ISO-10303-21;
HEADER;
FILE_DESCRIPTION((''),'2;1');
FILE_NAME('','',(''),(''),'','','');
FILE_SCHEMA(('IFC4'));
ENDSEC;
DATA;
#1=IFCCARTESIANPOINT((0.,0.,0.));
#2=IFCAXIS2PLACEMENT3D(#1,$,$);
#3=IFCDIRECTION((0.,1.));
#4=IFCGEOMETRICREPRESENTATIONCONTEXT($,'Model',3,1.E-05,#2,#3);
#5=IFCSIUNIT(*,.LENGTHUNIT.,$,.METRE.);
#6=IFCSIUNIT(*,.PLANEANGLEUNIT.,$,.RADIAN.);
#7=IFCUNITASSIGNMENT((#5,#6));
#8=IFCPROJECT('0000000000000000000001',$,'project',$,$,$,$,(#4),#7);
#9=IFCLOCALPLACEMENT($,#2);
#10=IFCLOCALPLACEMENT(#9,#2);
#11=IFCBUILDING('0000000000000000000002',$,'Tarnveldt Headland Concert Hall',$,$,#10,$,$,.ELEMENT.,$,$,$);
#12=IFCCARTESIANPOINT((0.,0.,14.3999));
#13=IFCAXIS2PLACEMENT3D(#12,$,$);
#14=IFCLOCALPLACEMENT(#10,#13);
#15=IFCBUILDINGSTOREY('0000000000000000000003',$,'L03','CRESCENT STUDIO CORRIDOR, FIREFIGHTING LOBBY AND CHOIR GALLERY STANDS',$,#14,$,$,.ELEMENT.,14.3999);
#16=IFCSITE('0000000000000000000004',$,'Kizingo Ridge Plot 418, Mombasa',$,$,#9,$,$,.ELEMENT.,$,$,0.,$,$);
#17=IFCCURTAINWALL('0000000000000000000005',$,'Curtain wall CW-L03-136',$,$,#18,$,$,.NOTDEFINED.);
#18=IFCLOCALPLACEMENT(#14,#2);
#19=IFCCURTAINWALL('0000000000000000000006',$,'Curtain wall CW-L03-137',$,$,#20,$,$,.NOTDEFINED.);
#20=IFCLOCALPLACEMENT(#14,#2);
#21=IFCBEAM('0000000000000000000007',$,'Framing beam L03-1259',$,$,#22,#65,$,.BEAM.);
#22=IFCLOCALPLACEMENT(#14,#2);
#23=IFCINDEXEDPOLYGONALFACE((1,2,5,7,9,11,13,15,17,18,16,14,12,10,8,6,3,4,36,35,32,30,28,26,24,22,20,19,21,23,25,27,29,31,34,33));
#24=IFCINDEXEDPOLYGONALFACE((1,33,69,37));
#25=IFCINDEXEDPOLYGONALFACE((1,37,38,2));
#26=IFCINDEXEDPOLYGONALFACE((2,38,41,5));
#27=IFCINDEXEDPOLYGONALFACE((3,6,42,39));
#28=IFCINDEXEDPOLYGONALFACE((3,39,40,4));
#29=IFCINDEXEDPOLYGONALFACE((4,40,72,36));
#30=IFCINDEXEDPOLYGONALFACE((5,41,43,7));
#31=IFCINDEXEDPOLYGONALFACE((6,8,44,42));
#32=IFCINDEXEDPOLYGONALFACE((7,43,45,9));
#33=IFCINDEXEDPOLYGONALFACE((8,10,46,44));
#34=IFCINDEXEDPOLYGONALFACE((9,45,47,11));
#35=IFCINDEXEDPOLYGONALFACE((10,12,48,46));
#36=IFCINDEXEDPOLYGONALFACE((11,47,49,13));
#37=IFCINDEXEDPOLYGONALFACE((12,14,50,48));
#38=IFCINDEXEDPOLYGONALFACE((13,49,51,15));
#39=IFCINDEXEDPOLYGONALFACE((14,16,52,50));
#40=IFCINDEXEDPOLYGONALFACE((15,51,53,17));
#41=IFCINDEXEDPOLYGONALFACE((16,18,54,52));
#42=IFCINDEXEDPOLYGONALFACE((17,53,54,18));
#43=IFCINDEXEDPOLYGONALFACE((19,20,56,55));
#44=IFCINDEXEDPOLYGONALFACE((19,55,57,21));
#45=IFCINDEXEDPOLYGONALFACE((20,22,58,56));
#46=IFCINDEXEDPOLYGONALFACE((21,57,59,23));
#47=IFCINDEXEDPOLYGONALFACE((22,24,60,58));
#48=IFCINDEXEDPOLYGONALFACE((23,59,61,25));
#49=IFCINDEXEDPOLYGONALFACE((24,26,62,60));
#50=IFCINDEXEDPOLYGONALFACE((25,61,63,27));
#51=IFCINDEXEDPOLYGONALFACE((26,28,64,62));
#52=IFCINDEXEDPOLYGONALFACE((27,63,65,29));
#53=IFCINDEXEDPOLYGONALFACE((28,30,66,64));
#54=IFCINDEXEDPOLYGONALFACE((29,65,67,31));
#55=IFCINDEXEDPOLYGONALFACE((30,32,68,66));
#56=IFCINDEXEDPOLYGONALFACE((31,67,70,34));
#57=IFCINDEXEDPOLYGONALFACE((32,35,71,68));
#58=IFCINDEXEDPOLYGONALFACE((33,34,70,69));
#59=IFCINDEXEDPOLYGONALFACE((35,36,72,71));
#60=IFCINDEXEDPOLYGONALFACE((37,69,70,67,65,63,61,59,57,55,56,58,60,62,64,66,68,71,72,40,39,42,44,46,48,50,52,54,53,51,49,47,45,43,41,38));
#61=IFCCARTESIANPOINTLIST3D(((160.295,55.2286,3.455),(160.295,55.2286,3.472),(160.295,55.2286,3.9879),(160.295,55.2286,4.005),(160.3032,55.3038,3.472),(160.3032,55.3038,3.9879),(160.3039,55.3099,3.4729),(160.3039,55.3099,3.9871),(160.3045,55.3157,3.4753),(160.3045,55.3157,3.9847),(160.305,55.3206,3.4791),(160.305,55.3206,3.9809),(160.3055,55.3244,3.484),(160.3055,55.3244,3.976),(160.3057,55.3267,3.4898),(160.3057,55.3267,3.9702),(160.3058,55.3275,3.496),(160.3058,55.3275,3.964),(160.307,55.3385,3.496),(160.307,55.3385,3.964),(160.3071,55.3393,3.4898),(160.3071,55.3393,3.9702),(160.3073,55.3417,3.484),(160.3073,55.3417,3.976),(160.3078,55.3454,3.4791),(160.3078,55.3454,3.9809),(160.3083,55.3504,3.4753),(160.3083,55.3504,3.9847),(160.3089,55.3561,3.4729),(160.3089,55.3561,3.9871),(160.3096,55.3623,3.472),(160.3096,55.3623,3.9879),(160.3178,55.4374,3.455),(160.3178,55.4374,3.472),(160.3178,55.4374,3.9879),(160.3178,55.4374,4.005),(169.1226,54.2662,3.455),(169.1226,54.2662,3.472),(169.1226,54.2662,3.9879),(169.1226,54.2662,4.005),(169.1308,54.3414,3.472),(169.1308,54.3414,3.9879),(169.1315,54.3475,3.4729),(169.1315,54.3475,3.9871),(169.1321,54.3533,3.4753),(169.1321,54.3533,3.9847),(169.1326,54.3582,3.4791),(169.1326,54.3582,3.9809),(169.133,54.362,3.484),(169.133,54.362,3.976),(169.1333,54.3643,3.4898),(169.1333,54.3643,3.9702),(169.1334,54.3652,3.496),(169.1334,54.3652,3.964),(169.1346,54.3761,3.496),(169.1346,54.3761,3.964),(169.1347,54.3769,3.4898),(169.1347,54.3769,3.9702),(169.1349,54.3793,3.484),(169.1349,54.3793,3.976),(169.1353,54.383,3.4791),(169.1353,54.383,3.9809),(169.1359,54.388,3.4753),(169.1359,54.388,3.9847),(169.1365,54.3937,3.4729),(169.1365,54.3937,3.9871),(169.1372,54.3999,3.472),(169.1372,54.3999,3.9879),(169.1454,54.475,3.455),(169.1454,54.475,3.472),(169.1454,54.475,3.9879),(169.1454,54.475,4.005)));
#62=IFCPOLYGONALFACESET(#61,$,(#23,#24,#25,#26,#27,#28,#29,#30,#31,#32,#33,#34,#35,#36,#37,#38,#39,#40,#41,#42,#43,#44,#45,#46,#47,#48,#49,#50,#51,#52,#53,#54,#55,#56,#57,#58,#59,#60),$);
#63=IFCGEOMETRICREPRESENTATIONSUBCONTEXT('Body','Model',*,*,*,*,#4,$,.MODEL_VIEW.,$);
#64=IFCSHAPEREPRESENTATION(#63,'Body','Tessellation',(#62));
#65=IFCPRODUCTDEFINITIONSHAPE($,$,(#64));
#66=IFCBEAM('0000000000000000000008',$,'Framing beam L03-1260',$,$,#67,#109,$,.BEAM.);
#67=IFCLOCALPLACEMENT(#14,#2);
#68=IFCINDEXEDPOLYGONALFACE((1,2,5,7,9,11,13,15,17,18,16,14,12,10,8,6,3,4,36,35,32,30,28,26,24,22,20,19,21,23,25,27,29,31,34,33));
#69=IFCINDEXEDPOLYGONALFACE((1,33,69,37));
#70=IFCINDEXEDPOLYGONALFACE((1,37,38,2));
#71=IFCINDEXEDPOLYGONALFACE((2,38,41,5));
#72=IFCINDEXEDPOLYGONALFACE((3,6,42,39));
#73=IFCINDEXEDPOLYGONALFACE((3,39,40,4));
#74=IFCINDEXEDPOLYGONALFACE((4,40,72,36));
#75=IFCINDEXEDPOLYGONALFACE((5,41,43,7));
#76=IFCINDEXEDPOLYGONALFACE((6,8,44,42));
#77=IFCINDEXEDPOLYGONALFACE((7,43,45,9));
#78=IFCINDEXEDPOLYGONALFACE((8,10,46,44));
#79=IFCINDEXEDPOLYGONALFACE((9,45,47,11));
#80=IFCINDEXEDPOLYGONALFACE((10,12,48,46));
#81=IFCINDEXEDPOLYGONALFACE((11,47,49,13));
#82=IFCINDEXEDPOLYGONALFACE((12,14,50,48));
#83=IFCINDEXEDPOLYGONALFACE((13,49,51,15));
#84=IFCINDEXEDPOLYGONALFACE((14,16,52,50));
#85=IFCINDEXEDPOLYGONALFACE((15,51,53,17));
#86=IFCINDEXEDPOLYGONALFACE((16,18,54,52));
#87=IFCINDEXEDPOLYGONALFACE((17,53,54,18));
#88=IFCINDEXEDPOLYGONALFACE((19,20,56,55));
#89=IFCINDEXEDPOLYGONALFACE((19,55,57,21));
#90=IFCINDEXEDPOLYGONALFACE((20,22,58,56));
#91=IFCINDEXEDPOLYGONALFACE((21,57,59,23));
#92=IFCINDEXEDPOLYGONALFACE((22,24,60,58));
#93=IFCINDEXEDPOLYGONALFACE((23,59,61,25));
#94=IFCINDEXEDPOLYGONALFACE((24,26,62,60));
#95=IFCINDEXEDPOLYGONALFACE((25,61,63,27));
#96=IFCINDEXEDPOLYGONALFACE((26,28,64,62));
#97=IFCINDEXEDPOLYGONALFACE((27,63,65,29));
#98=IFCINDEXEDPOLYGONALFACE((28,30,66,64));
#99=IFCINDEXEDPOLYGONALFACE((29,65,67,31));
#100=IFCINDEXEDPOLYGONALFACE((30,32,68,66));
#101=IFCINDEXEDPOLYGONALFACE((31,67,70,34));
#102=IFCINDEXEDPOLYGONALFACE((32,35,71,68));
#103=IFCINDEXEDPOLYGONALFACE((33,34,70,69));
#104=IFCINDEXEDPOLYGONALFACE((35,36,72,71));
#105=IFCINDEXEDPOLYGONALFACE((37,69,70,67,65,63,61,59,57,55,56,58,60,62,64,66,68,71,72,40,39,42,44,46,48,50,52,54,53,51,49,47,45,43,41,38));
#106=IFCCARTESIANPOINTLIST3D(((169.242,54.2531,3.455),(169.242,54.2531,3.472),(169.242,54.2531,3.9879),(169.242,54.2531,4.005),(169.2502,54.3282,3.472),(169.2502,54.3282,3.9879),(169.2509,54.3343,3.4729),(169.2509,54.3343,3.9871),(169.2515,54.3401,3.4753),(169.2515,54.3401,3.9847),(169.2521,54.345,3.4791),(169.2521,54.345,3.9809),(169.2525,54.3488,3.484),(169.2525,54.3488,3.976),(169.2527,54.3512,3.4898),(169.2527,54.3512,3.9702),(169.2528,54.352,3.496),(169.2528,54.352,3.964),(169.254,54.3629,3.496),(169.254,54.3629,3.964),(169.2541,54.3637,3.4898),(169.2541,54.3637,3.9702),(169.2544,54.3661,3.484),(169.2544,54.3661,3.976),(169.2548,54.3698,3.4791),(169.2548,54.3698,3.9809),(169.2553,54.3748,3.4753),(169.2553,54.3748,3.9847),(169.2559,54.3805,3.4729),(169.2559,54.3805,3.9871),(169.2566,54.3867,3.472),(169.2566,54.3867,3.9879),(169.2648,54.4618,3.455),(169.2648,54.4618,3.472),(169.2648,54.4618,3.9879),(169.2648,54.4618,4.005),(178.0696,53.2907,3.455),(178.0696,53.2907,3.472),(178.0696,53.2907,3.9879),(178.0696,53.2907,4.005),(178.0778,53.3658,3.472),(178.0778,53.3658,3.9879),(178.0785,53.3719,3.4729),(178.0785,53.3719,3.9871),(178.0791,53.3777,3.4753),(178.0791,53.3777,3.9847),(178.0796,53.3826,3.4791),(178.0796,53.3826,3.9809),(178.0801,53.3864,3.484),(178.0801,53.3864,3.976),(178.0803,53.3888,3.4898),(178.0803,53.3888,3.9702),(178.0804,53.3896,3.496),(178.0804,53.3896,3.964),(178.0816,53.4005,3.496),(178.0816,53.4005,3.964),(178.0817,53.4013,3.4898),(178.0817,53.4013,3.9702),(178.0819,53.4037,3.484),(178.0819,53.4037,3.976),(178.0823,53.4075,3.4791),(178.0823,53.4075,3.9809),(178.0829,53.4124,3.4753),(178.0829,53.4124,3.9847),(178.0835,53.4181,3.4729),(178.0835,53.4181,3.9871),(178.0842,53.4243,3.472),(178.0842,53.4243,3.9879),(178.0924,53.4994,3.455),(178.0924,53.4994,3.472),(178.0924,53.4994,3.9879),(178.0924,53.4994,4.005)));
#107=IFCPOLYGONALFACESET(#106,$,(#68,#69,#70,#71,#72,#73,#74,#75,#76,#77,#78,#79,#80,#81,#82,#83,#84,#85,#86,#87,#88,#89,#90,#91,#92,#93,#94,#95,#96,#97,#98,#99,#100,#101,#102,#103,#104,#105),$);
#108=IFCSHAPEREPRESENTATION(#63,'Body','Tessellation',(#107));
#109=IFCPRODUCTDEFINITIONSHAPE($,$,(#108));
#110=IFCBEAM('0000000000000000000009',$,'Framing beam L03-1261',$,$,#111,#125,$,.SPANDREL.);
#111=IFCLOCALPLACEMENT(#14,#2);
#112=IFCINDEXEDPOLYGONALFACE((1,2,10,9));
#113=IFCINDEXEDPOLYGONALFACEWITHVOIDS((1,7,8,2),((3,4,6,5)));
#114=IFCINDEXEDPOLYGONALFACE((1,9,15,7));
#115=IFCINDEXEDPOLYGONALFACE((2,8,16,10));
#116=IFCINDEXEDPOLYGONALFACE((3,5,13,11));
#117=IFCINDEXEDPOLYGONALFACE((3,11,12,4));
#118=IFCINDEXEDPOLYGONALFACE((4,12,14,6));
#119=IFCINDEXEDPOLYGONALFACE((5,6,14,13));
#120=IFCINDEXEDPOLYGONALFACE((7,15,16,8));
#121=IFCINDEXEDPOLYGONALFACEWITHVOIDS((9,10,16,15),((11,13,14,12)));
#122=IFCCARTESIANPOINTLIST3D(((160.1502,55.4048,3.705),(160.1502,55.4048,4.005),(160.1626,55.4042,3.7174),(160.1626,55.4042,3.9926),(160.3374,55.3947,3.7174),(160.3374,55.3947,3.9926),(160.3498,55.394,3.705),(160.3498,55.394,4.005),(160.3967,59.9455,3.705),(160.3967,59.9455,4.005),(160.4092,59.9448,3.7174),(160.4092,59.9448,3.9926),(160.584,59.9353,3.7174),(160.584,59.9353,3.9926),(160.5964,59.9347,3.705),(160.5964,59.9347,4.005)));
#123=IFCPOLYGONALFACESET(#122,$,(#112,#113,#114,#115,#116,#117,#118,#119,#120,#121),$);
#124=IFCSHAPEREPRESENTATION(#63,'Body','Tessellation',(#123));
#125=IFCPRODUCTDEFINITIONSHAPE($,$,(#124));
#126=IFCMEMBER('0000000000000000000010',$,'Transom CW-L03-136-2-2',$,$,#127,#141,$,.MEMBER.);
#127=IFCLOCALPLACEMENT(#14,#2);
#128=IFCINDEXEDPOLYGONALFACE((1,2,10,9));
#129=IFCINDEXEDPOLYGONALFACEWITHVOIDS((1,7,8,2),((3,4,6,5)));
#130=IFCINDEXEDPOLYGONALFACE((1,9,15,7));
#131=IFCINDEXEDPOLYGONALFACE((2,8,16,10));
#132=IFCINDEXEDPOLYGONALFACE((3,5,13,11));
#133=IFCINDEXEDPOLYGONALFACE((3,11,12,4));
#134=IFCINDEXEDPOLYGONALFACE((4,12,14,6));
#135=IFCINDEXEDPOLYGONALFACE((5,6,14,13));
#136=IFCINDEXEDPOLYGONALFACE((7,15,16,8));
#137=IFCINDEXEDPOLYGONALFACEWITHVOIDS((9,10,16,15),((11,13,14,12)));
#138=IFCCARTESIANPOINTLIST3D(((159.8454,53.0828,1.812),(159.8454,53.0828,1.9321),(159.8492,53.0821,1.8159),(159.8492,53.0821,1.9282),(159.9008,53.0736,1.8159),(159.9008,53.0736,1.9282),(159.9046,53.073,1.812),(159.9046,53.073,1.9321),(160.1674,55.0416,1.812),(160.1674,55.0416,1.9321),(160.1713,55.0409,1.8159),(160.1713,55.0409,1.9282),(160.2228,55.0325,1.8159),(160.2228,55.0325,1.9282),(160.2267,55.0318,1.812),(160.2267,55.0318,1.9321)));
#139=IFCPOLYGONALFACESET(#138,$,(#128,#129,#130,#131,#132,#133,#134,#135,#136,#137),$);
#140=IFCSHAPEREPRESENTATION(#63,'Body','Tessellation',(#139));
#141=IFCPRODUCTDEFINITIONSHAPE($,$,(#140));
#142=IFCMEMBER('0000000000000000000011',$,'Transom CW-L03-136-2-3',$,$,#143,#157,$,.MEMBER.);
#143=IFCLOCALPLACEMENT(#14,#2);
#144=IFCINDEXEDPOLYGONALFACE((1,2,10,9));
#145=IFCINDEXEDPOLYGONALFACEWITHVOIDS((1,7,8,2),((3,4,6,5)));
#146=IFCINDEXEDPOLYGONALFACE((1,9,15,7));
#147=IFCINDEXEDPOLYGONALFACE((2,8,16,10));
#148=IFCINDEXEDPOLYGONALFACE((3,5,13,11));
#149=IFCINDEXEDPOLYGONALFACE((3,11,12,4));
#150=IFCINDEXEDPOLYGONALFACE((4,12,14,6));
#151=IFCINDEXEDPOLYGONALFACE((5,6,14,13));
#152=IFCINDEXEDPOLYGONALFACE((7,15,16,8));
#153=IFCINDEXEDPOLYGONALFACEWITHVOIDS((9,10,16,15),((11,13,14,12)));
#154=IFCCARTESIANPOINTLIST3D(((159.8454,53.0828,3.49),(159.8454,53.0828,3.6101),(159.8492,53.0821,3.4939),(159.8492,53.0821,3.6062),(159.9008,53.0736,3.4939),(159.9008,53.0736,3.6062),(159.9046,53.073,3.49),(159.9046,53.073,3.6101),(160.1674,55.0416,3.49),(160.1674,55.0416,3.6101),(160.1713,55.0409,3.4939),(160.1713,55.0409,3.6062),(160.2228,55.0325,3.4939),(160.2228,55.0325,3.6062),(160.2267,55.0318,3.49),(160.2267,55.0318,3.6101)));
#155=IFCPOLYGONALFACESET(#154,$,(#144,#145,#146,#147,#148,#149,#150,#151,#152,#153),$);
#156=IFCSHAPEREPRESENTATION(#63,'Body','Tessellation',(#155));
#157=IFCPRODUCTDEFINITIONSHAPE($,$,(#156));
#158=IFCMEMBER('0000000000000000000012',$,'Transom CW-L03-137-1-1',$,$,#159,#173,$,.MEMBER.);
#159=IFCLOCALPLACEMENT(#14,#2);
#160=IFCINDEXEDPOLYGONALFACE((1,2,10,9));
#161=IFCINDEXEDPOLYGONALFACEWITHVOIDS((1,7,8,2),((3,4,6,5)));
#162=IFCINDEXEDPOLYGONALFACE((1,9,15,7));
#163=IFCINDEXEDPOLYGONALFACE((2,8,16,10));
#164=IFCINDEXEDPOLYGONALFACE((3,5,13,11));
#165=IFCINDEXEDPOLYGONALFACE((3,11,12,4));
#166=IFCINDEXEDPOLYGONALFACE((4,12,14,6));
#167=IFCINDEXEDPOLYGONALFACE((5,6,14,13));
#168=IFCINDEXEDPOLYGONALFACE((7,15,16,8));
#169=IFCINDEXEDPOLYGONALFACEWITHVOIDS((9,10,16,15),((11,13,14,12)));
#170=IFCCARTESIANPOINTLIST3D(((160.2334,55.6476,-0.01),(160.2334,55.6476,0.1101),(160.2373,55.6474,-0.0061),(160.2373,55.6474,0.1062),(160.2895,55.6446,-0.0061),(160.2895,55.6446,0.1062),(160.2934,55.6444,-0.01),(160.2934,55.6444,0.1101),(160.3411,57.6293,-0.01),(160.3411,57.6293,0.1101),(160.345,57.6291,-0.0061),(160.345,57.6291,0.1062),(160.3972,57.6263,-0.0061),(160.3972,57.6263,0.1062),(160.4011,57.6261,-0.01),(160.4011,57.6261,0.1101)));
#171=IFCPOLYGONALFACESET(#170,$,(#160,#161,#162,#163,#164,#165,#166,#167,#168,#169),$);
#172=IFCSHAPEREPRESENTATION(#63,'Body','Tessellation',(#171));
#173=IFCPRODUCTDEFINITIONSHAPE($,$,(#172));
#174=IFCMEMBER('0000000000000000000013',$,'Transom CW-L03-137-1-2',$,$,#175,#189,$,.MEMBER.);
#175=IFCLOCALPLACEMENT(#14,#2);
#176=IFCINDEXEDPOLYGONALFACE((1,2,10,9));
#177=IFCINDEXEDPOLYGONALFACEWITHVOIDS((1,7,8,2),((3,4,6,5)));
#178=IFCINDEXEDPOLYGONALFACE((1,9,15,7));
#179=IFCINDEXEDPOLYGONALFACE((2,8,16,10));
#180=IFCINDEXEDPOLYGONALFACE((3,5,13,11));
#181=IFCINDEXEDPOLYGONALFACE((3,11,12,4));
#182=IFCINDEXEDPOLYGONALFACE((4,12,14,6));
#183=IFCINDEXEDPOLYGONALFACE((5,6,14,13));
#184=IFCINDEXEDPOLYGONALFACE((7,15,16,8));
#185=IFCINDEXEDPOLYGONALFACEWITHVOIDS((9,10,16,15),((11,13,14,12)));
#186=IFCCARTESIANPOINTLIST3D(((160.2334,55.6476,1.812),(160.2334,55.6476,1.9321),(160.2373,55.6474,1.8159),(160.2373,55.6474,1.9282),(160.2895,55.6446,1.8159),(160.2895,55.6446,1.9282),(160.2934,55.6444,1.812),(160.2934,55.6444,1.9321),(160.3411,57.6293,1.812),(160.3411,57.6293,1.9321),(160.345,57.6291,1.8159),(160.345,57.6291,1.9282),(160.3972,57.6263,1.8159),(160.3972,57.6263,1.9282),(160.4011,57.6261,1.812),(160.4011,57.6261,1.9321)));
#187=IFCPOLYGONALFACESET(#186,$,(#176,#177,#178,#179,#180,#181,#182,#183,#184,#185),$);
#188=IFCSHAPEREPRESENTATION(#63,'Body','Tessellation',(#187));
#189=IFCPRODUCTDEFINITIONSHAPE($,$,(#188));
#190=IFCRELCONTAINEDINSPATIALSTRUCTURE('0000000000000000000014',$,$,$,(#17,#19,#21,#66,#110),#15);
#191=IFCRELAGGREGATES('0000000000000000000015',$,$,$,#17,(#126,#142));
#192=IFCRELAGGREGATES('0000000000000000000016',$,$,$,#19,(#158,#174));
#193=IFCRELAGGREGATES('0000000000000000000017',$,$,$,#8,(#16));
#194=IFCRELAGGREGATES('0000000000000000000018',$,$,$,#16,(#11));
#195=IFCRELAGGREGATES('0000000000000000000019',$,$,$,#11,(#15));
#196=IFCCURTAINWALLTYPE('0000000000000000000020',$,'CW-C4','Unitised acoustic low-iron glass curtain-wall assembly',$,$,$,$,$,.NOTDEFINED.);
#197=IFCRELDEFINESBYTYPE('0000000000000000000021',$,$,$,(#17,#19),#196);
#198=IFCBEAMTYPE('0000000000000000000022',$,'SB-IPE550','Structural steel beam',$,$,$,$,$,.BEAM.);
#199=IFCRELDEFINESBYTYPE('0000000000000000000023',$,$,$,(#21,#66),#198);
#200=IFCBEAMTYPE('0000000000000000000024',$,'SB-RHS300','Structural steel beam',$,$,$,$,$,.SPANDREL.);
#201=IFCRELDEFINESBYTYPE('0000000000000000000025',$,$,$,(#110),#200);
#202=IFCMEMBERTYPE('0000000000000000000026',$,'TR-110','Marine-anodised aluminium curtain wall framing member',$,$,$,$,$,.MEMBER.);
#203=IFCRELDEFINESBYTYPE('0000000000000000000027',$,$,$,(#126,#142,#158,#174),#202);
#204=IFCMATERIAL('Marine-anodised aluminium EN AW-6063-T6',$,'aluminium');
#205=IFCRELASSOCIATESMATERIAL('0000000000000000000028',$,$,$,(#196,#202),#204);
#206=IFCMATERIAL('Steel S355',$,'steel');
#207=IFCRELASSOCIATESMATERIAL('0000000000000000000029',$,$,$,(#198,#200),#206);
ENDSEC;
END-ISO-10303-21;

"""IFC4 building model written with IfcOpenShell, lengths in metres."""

from ifc_helpers import new_model, si_unit, direction, frame, origin, origin_2d, place, context, subcontext, project, spatial, hollow_rectangle, i_section, extrude, material, material_profile, profile_set, type_object, element, aggregate, save


model = new_model("IFC4")

# Units and contexts
model_context = context("Model", 3, precision=1e-05, world=origin(), true_north=direction((0.0, 1.0)))
body_context = subcontext(model_context, "Body", "Model", "MODEL_VIEW")
ifc_project = project(units=[si_unit("LENGTHUNIT", "METRE"), si_unit("PLANEANGLEUNIT", "RADIAN")], contexts=[model_context])

# Site, building, storey
site_placement = place(None, origin())
site = spatial("IfcSite", under=ifc_project, at=site_placement, Name="Kizingo Ridge Plot 418, Mombasa", CompositionType="ELEMENT", RefElevation=0.0)
building_placement = place(site_placement, origin())
building = spatial("IfcBuilding", under=site, at=building_placement, Name="Tarnveldt Headland Concert Hall", CompositionType="ELEMENT")
storey_placement = place(building_placement, frame((0.0, 0.0, 14.3999)))
storey = spatial("IfcBuildingStorey", under=building, at=storey_placement, Name="L03", Description="CRESCENT STUDIO CORRIDOR, FIREFIGHTING LOBBY AND CHOIR GALLERY STANDS", CompositionType="ELEMENT", Elevation=14.3999)

# Shared definitions
ifc_material_1 = material(Name="Steel S355", Category="steel")

# Curtain wall
ifc_material_2 = material(Name="Marine-anodised aluminium EN AW-6063-T6", Category="aluminium")
curtain_wall_type = type_object("IfcCurtainWallType", Name="CW-C4", Description="Unitised acoustic low-iron glass curtain-wall assembly", PredefinedType="NOTDEFINED", material=ifc_material_2)
curtain_wall_1_placement = place(storey_placement, origin())
curtain_wall_1 = element("IfcCurtainWall", 1, at=curtain_wall_1_placement, inside=storey, type_object=curtain_wall_type, Name="Curtain wall CW-L03-136", PredefinedType="NOTDEFINED")

# Curtain wall
curtain_wall_2_placement = place(storey_placement, origin())
curtain_wall_2 = element("IfcCurtainWall", 2, at=curtain_wall_2_placement, inside=storey, type_object=curtain_wall_type, Name="Curtain wall CW-L03-137", PredefinedType="NOTDEFINED")

# Beams
ifc_material_profile_1 = material_profile(ifc_material_1, i_section(OverallWidth=0.21, OverallDepth=0.55, WebThickness=0.011, FlangeThickness=0.0171, FilletRadius=0.0239, at=origin_2d()), Name="IPE550", Category="steel")
ifc_profile_set_1 = profile_set([ifc_material_profile_1], Name="Steel S355")
beam_type_1 = type_object("IfcBeamType", Name="SB-IPE550", Description="Structural steel beam", PredefinedType="BEAM", material=ifc_profile_set_1)
for number, where, z_axis, x_axis, name in (
    (3, (160.3064, 55.333, 3.73), (0.99411, -0.108379, 0.0), (0.108379, 0.99411, 0.0), "Framing beam L03-1259"),
    (4, (169.2534, 54.3574, 3.73), (0.99411, -0.108379, 0.0), (0.108379, 0.99411, 0.0), "Framing beam L03-1260"),
):
    element("IfcBeam", number, at=place(storey_placement, frame(where, z_axis=z_axis, x_axis=x_axis)), inside=storey, type_object=beam_type_1, Name=name, PredefinedType="BEAM", context=body_context, shape_type="SweptSolid", body=[
        extrude(i_section(OverallWidth=0.21, OverallDepth=0.55, WebThickness=0.011, FlangeThickness=0.0171, FilletRadius=0.0239, at=origin_2d()), origin(), (0.0, 0.0, 1.0), 8.8799),
    ])
ifc_material_profile_2 = material_profile(ifc_material_1, hollow_rectangle(XDim=0.2, YDim=0.3, WallThickness=0.0125, at=origin_2d()), Name="RHS 300x200x12.5", Category="steel")
ifc_profile_set_2 = profile_set([ifc_material_profile_2], Name="Steel S355")
beam_type_2 = type_object("IfcBeamType", Name="SB-RHS300", Description="Structural steel beam", PredefinedType="SPANDREL", material=ifc_profile_set_2)
beam_1_placement = place(storey_placement, frame((160.25, 55.3994, 3.855), z_axis=(0.054224, 0.998529, 0.0), x_axis=(-0.998529, 0.054224, 0.0)))
element("IfcBeam", 5, at=beam_1_placement, inside=storey, type_object=beam_type_2, Name="Framing beam L03-1261", PredefinedType="SPANDREL", context=body_context, shape_type="SweptSolid", body=[
    extrude(hollow_rectangle(XDim=0.2, YDim=0.3, WallThickness=0.0125, at=origin_2d()), origin(), (0.0, 0.0, 1.0), 4.5474),
])

# Members
ifc_material_profile_3 = material_profile(ifc_material_2, hollow_rectangle(XDim=0.0601, YDim=0.1201, WallThickness=0.0039, at=origin_2d()), Name="ALU TRANSOM 60x120x4", Category="aluminium")
ifc_profile_set_3 = profile_set([ifc_material_profile_3], Name="Marine-anodised aluminium EN AW-6063-T6")
member_type_1 = type_object("IfcMemberType", Name="TR-110", Description="Marine-anodised aluminium curtain wall framing member", PredefinedType="MEMBER", material=ifc_profile_set_3)
member_1_placement = place(storey_placement, frame((159.875, 53.0779, 1.8721), z_axis=(0.162225, 0.986754, 0.0), x_axis=(-0.986754, 0.162225, 0.0)))
member_1 = element("IfcMember", 6, at=member_1_placement, type_object=member_type_1, Name="Transom CW-L03-136-2-2", PredefinedType="MEMBER", context=body_context, shape_type="SweptSolid", body=[
    extrude(hollow_rectangle(XDim=0.0601, YDim=0.1201, WallThickness=0.0039, at=origin_2d()), origin(), (0.0, 0.0, 1.0), 1.9851),
])
member_2_placement = place(storey_placement, frame((159.875, 53.0779, 3.55), z_axis=(0.162225, 0.986754, 0.0), x_axis=(-0.986754, 0.162225, 0.0)))
member_2 = element("IfcMember", 7, at=member_2_placement, type_object=member_type_1, Name="Transom CW-L03-136-2-3", PredefinedType="MEMBER", context=body_context, shape_type="SweptSolid", body=[
    extrude(hollow_rectangle(XDim=0.0601, YDim=0.1201, WallThickness=0.0039, at=origin_2d()), origin(), (0.0, 0.0, 1.0), 1.9851),
])
member_3_placement = place(storey_placement, frame((160.2634, 55.646, 0.05), z_axis=(0.05425, 0.998527, 0.0), x_axis=(-0.998527, 0.05425, 0.0)))
member_3 = element("IfcMember", 8, at=member_3_placement, type_object=member_type_1, Name="Transom CW-L03-137-1-1", PredefinedType="MEMBER", context=body_context, shape_type="SweptSolid", body=[
    extrude(hollow_rectangle(XDim=0.0601, YDim=0.1201, WallThickness=0.0039, at=origin_2d()), origin(), (0.0, 0.0, 1.0), 1.9846),
])
member_4_placement = place(storey_placement, frame((160.2634, 55.646, 1.8721), z_axis=(0.05425, 0.998527, 0.0), x_axis=(-0.998527, 0.05425, 0.0)))
member_4 = element("IfcMember", 9, at=member_4_placement, type_object=member_type_1, Name="Transom CW-L03-137-1-2", PredefinedType="MEMBER", context=body_context, shape_type="SweptSolid", body=[
    extrude(hollow_rectangle(XDim=0.0601, YDim=0.1201, WallThickness=0.0039, at=origin_2d()), origin(), (0.0, 0.0, 1.0), 1.9846),
])

aggregate(curtain_wall_1, [member_1, member_2])
aggregate(curtain_wall_2, [member_3, member_4])

save(model, "model.ifc")
